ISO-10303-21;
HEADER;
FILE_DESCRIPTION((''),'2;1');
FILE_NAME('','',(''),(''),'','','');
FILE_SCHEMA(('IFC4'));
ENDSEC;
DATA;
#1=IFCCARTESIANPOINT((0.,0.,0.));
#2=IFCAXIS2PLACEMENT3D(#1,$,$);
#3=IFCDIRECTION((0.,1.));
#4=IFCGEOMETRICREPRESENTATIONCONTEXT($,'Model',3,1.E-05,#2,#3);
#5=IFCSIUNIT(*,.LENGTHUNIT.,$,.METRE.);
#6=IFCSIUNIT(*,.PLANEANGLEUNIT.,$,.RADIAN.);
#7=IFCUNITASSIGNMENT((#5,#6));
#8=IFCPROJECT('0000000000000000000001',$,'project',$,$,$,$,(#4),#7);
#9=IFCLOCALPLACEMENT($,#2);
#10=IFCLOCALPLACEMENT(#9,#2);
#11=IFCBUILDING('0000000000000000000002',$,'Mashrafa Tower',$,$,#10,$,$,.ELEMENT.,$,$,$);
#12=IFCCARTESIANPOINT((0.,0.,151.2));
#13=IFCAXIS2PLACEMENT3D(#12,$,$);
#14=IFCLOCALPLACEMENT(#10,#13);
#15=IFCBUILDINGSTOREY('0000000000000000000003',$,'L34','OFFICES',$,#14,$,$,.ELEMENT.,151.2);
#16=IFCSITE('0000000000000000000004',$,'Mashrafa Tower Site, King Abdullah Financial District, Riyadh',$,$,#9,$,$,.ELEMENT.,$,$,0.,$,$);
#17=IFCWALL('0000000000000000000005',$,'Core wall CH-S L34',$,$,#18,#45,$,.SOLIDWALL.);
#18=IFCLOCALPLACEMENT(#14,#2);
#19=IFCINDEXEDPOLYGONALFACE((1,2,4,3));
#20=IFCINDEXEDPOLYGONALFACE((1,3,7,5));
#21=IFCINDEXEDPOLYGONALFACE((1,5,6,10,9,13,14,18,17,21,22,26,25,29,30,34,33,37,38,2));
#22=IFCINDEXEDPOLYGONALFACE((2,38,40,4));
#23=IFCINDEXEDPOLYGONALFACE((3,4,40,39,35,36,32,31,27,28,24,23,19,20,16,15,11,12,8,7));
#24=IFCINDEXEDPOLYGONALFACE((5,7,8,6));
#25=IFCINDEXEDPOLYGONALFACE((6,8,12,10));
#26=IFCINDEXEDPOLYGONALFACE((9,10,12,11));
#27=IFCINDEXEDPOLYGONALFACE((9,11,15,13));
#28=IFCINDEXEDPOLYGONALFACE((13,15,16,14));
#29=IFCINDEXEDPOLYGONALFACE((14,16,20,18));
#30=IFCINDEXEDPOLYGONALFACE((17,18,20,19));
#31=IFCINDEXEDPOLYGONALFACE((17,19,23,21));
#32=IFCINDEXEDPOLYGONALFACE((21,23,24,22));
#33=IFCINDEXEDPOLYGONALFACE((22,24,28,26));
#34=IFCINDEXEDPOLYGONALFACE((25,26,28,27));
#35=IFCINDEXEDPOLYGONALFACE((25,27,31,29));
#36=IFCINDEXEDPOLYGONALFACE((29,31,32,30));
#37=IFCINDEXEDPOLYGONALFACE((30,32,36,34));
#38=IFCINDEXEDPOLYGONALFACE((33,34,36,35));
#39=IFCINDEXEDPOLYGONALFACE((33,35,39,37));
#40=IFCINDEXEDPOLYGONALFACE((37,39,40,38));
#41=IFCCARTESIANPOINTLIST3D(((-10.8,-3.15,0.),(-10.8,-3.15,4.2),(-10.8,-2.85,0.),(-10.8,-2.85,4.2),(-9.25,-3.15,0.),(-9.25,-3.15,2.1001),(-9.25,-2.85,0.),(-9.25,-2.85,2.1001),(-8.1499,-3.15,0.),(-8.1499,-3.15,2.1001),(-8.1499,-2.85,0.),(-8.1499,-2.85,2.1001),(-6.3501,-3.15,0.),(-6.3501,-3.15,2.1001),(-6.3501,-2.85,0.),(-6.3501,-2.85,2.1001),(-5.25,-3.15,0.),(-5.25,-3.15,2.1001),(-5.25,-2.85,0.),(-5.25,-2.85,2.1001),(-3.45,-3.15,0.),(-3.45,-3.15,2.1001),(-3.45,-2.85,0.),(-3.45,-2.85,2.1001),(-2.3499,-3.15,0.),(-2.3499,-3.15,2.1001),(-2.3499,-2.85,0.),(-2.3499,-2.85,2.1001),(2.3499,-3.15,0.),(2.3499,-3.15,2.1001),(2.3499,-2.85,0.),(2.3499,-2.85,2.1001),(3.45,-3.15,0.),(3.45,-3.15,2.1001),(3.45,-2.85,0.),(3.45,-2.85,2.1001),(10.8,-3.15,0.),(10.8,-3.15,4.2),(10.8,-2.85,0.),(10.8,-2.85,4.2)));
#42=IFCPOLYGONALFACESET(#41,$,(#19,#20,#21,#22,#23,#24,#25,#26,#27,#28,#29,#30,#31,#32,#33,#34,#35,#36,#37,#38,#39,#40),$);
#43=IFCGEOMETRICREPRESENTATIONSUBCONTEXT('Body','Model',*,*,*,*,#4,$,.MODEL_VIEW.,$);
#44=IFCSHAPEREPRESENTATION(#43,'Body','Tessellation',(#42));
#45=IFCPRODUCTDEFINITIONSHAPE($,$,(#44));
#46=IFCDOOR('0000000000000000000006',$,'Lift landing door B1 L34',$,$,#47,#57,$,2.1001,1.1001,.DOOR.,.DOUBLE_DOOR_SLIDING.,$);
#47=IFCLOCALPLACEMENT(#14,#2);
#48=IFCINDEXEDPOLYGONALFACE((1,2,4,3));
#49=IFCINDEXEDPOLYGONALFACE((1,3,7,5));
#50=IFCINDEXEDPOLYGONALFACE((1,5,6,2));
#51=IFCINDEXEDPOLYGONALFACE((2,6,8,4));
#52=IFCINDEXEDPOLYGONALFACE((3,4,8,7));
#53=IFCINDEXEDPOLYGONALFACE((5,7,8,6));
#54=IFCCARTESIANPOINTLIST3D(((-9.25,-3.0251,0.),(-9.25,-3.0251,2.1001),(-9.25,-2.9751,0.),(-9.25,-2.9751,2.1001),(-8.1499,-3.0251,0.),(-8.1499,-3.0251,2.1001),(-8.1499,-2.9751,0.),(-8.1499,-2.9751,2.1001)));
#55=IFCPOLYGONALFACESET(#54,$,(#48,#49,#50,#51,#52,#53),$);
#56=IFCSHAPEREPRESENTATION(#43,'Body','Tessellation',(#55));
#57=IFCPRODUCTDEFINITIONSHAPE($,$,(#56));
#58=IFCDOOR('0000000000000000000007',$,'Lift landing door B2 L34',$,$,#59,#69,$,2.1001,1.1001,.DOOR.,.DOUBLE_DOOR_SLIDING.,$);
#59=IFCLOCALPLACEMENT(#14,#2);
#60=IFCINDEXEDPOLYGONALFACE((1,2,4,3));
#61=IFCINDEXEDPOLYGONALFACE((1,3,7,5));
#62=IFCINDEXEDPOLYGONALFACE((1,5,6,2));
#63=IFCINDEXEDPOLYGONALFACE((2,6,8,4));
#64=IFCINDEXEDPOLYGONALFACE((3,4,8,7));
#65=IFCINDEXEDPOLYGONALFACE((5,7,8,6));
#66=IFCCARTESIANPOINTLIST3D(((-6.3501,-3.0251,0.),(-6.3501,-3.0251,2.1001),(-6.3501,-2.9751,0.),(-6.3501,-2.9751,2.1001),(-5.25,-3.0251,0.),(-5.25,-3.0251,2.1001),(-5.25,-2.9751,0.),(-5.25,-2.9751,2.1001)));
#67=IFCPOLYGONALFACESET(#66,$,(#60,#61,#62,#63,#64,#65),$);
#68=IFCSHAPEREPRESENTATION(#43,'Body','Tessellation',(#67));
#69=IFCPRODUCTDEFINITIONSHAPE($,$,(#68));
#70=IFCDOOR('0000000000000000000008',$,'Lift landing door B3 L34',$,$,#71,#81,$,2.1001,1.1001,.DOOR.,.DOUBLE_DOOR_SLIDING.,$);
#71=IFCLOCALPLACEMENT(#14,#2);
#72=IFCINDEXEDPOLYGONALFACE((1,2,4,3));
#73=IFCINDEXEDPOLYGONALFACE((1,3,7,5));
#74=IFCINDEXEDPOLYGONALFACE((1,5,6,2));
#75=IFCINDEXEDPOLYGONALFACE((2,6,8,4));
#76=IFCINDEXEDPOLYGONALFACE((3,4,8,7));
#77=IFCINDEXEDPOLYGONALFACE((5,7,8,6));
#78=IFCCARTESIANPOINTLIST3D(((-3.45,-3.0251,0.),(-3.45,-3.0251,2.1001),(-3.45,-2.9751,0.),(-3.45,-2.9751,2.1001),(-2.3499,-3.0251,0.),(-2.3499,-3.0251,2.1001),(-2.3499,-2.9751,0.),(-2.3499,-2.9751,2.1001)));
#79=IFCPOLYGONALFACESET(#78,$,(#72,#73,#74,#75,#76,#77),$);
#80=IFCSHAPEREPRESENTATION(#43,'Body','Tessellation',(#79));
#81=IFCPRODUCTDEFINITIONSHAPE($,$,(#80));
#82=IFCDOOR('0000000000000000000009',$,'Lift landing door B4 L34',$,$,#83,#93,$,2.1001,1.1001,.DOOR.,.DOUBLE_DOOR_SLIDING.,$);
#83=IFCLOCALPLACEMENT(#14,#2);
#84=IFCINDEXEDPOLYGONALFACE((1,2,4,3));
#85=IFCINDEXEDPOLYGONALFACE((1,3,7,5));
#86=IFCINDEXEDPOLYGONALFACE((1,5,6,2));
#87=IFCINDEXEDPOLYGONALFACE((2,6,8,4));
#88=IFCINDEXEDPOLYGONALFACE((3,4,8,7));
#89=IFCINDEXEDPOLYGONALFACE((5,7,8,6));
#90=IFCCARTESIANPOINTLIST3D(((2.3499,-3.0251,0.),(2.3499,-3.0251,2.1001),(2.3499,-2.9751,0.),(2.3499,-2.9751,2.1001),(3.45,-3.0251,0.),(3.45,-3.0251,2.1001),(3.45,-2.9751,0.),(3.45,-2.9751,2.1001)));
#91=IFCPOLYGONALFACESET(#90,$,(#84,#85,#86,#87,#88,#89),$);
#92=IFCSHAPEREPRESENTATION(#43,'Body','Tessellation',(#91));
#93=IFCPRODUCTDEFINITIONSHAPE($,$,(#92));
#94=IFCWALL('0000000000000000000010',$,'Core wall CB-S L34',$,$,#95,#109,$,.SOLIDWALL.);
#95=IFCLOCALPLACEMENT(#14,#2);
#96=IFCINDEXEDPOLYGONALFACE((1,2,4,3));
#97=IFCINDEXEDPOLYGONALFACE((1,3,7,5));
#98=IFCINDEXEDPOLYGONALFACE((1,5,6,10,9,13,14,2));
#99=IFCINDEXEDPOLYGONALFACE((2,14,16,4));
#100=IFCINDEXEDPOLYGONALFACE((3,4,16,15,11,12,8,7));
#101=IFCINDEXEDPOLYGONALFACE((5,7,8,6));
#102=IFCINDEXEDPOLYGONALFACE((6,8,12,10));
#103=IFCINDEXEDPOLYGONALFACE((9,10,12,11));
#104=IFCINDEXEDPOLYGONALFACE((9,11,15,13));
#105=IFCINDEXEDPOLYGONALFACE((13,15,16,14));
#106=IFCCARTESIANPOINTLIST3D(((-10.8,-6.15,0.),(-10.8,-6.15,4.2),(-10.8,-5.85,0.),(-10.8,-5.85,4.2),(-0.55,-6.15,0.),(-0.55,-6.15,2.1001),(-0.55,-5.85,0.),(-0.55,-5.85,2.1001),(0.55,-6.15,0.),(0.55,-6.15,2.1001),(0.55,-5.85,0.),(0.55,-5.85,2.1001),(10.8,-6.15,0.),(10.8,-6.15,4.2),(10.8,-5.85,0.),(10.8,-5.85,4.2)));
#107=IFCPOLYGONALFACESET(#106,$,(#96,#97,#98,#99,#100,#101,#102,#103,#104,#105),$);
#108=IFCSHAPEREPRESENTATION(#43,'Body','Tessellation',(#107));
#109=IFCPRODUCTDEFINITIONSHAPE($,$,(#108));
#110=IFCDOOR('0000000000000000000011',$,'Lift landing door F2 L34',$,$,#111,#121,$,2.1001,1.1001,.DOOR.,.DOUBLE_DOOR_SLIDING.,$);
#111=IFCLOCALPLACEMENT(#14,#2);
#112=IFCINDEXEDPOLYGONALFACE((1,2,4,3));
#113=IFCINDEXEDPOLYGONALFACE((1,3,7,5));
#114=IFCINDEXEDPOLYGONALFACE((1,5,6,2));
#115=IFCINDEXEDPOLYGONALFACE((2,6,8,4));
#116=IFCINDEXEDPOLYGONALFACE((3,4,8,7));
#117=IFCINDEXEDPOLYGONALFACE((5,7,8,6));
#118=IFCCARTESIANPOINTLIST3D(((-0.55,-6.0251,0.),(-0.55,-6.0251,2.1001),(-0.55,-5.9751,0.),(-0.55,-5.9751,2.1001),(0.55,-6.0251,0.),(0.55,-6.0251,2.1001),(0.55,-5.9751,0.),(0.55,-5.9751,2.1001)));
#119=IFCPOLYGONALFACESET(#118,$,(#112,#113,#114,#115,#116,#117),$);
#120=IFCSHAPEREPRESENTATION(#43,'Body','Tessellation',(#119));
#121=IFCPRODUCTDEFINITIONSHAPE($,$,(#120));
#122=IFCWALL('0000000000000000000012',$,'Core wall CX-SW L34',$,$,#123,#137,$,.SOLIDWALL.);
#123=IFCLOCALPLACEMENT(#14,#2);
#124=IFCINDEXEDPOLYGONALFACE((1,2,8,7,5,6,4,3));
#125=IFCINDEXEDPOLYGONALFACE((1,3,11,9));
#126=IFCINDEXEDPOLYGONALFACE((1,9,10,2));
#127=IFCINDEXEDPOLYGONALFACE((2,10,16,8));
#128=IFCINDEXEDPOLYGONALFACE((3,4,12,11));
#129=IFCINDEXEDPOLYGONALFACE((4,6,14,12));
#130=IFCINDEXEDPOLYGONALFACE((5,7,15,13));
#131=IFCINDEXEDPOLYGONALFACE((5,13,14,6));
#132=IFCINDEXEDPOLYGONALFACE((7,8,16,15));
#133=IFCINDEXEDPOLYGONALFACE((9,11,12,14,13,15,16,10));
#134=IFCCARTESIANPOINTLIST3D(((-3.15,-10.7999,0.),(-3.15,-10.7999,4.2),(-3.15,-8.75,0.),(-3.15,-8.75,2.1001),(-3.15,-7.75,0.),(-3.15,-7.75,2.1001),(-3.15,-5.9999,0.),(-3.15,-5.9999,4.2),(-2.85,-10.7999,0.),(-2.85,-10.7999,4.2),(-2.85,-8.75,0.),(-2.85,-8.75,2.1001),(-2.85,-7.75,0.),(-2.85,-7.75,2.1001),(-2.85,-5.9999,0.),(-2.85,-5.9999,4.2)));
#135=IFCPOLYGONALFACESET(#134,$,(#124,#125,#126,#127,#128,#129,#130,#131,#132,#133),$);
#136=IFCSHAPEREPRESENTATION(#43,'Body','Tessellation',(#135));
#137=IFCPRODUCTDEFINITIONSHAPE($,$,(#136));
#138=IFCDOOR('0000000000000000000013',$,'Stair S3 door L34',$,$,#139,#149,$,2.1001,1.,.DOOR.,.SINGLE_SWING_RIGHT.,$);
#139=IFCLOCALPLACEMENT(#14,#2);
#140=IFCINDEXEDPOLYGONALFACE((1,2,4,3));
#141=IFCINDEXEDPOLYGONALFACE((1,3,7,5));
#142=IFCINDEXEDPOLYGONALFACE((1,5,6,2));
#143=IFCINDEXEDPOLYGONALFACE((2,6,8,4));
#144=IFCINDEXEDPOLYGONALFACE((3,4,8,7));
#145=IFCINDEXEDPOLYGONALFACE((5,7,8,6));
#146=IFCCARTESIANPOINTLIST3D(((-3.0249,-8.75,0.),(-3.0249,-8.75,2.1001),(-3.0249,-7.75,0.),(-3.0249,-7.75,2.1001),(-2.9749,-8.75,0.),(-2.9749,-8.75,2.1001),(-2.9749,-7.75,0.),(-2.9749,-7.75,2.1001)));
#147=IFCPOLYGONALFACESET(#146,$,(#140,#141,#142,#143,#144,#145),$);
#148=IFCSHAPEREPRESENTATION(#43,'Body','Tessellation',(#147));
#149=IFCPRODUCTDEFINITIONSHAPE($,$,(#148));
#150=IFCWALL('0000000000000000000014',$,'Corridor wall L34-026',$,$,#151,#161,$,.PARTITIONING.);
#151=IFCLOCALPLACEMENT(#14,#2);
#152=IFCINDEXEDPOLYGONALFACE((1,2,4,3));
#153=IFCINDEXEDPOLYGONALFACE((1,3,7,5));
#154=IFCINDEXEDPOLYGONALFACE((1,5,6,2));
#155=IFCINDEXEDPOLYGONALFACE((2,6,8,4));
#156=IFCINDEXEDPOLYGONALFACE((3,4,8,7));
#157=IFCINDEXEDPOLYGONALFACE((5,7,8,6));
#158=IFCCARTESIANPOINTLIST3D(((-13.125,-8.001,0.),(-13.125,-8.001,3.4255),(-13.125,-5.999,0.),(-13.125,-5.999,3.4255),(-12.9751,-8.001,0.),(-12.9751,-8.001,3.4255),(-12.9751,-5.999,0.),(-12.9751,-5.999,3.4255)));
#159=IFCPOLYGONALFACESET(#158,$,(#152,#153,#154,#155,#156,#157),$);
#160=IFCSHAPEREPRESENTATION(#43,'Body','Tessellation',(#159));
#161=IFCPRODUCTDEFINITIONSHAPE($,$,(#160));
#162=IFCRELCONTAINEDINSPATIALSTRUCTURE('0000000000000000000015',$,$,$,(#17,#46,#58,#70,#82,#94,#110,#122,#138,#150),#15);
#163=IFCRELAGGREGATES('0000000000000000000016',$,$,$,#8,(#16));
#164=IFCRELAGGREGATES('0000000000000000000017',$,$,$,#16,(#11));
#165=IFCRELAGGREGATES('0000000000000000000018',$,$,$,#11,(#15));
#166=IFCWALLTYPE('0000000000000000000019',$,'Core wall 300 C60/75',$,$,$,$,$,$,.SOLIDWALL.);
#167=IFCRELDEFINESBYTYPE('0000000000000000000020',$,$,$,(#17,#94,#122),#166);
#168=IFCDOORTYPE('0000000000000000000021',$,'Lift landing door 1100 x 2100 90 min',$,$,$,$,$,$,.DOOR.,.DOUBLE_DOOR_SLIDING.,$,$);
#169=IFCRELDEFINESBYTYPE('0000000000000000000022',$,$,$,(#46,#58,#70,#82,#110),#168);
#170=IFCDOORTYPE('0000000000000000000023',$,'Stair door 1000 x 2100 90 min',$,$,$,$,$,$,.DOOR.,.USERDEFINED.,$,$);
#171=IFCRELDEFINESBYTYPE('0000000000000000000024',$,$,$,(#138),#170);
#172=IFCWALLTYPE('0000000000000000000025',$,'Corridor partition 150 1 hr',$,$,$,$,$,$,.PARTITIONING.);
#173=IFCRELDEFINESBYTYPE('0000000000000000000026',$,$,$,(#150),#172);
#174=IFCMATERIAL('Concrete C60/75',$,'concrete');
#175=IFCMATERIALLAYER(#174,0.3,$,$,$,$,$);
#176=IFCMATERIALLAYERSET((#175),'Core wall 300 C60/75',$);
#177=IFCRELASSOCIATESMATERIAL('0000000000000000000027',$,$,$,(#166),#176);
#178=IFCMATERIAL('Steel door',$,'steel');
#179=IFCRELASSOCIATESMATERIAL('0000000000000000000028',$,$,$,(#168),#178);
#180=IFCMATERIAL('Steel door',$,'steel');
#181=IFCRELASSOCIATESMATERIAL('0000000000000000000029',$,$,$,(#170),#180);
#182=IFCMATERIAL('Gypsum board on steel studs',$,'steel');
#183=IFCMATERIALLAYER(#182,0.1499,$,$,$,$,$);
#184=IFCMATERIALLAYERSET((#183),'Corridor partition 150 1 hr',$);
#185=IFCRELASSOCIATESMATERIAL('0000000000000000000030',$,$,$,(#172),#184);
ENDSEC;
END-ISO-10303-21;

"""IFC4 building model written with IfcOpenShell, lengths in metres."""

from ifc_helpers import new_model, si_unit, direction, frame, frame_2d, origin, place, context, subcontext, project, spatial, rectangle, extrude, material, layer, layer_set, type_object, element, fill, save


model = new_model("IFC4")

# Units and contexts
model_context = context("Model", 3, precision=1e-05, world=origin(), true_north=direction((0.0, 1.0)))
body_context = subcontext(model_context, "Body", "Model", "MODEL_VIEW")
ifc_project = project(units=[si_unit("LENGTHUNIT", "METRE"), si_unit("PLANEANGLEUNIT", "RADIAN")], contexts=[model_context])

# Site, building, storey
site_placement = place(None, origin())
site = spatial("IfcSite", under=ifc_project, at=site_placement, Name="Mashrafa Tower Site, King Abdullah Financial District, Riyadh", CompositionType="ELEMENT", RefElevation=0.0)
building_placement = place(site_placement, origin())
building = spatial("IfcBuilding", under=site, at=building_placement, Name="Mashrafa Tower", CompositionType="ELEMENT")
storey_placement = place(building_placement, frame((0.0, 0.0, 151.2)))
storey = spatial("IfcBuildingStorey", under=building, at=storey_placement, Name="L34", Description="OFFICES", CompositionType="ELEMENT", Elevation=151.2)

# Wall, openings, doors
ifc_material_1 = material(Name="Concrete C60/75", Category="concrete")
ifc_layer_1 = layer(ifc_material_1, 0.3)
ifc_layer_set_1 = layer_set([ifc_layer_1], Name="Core wall 300 C60/75")
wall_type_1 = type_object("IfcWallType", Name="Core wall 300 C60/75", PredefinedType="SOLIDWALL", material=ifc_layer_set_1)
wall_1_placement = place(storey_placement, frame((-10.8, -3.0, 0.0), z_axis=(0.0, 0.0, 1.0), x_axis=(1.0, 0.0, 0.0)))
wall_1 = element("IfcWall", 1, at=wall_1_placement, inside=storey, type_object=wall_type_1, Name="Core wall CH-S L34", PredefinedType="SOLIDWALL", context=body_context, shape_type="SweptSolid", body=[
    extrude(rectangle(XDim=21.6001, YDim=0.3, at=frame_2d((10.8, 0.0))), origin(), (0.0, 0.0, 1.0), 4.2),
])
opening_1_placement = place(wall_1_placement, frame((1.55, 0.0, 0.0)))
opening_1 = element("IfcOpeningElement", 2, at=opening_1_placement, cuts=wall_1, PredefinedType="OPENING", context=body_context, shape_type="SweptSolid", body=[
    extrude(rectangle(XDim=1.1001, YDim=2.1001, at=frame_2d((0.55, 1.05))), frame((0.0, 0.1599, 0.0), z_axis=(0.0, -1.0, 0.0), x_axis=(1.0, 0.0, 0.0)), (0.0, 0.0, 1.0), 0.3201),
])
opening_2_placement = place(wall_1_placement, frame((4.45, 0.0, 0.0)))
opening_2 = element("IfcOpeningElement", 3, at=opening_2_placement, cuts=wall_1, PredefinedType="OPENING", context=body_context, shape_type="SweptSolid", body=[
    extrude(rectangle(XDim=1.1001, YDim=2.1001, at=frame_2d((0.55, 1.05))), frame((0.0, 0.1599, 0.0), z_axis=(0.0, -1.0, 0.0), x_axis=(1.0, 0.0, 0.0)), (0.0, 0.0, 1.0), 0.3201),
])
opening_3_placement = place(wall_1_placement, frame((7.3501, 0.0, 0.0)))
opening_3 = element("IfcOpeningElement", 4, at=opening_3_placement, cuts=wall_1, PredefinedType="OPENING", context=body_context, shape_type="SweptSolid", body=[
    extrude(rectangle(XDim=1.1001, YDim=2.1001, at=frame_2d((0.55, 1.05))), frame((0.0, 0.1599, 0.0), z_axis=(0.0, -1.0, 0.0), x_axis=(1.0, 0.0, 0.0)), (0.0, 0.0, 1.0), 0.3201),
])
opening_4_placement = place(wall_1_placement, frame((13.1499, 0.0, 0.0)))
opening_4 = element("IfcOpeningElement", 5, at=opening_4_placement, cuts=wall_1, PredefinedType="OPENING", context=body_context, shape_type="SweptSolid", body=[
    extrude(rectangle(XDim=1.1001, YDim=2.1001, at=frame_2d((0.55, 1.05))), frame((0.0, 0.1599, 0.0), z_axis=(0.0, -1.0, 0.0), x_axis=(1.0, 0.0, 0.0)), (0.0, 0.0, 1.0), 0.3201),
])
ifc_material_2 = material(Name="Steel door", Category="steel")
door_type_1 = type_object("IfcDoorType", Name="Lift landing door 1100 x 2100 90 min", OperationType="DOUBLE_DOOR_SLIDING", PredefinedType="DOOR", material=ifc_material_2)
door_1_placement = place(opening_1_placement, origin())
door_1 = element("IfcDoor", 6, at=door_1_placement, inside=storey, type_object=door_type_1, Name="Lift landing door B1 L34", OperationType="DOUBLE_DOOR_SLIDING", OverallHeight=2.1001, OverallWidth=1.1001, PredefinedType="DOOR", context=body_context, shape_type="SweptSolid", body=[
    extrude(rectangle(XDim=1.1001, YDim=2.1001, at=frame_2d((0.55, 1.05))), frame((0.0, 0.0249, 0.0), z_axis=(0.0, -1.0, 0.0), x_axis=(1.0, 0.0, 0.0)), (0.0, 0.0, 1.0), 0.05),
])
fill(opening_1, door_1)
door_2_placement = place(opening_2_placement, origin())
door_2 = element("IfcDoor", 7, at=door_2_placement, inside=storey, type_object=door_type_1, Name="Lift landing door B2 L34", OperationType="DOUBLE_DOOR_SLIDING", OverallHeight=2.1001, OverallWidth=1.1001, PredefinedType="DOOR", context=body_context, shape_type="SweptSolid", body=[
    extrude(rectangle(XDim=1.1001, YDim=2.1001, at=frame_2d((0.55, 1.05))), frame((0.0, 0.0249, 0.0), z_axis=(0.0, -1.0, 0.0), x_axis=(1.0, 0.0, 0.0)), (0.0, 0.0, 1.0), 0.05),
])
fill(opening_2, door_2)
door_3_placement = place(opening_3_placement, origin())
door_3 = element("IfcDoor", 8, at=door_3_placement, inside=storey, type_object=door_type_1, Name="Lift landing door B3 L34", OperationType="DOUBLE_DOOR_SLIDING", OverallHeight=2.1001, OverallWidth=1.1001, PredefinedType="DOOR", context=body_context, shape_type="SweptSolid", body=[
    extrude(rectangle(XDim=1.1001, YDim=2.1001, at=frame_2d((0.55, 1.05))), frame((0.0, 0.0249, 0.0), z_axis=(0.0, -1.0, 0.0), x_axis=(1.0, 0.0, 0.0)), (0.0, 0.0, 1.0), 0.05),
])
fill(opening_3, door_3)
door_4_placement = place(opening_4_placement, origin())
door_4 = element("IfcDoor", 9, at=door_4_placement, inside=storey, type_object=door_type_1, Name="Lift landing door B4 L34", OperationType="DOUBLE_DOOR_SLIDING", OverallHeight=2.1001, OverallWidth=1.1001, PredefinedType="DOOR", context=body_context, shape_type="SweptSolid", body=[
    extrude(rectangle(XDim=1.1001, YDim=2.1001, at=frame_2d((0.55, 1.05))), frame((0.0, 0.0249, 0.0), z_axis=(0.0, -1.0, 0.0), x_axis=(1.0, 0.0, 0.0)), (0.0, 0.0, 1.0), 0.05),
])
fill(opening_4, door_4)

# Walls, openings, doors
wall_2_placement = place(storey_placement, frame((-10.8, -6.0, 0.0), z_axis=(0.0, 0.0, 1.0), x_axis=(1.0, 0.0, 0.0)))
wall_2 = element("IfcWall", 10, at=wall_2_placement, inside=storey, type_object=wall_type_1, Name="Core wall CB-S L34", PredefinedType="SOLIDWALL", context=body_context, shape_type="SweptSolid", body=[
    extrude(rectangle(XDim=21.6001, YDim=0.3, at=frame_2d((10.8, 0.0))), origin(), (0.0, 0.0, 1.0), 4.2),
])
opening_5_placement = place(wall_2_placement, frame((10.25, 0.0, 0.0)))
opening_5 = element("IfcOpeningElement", 11, at=opening_5_placement, cuts=wall_2, PredefinedType="OPENING", context=body_context, shape_type="SweptSolid", body=[
    extrude(rectangle(XDim=1.1001, YDim=2.1001, at=frame_2d((0.55, 1.05))), frame((0.0, 0.1599, 0.0), z_axis=(0.0, -1.0, 0.0), x_axis=(1.0, 0.0, 0.0)), (0.0, 0.0, 1.0), 0.3201),
])
door_5_placement = place(opening_5_placement, origin())
door_5 = element("IfcDoor", 12, at=door_5_placement, inside=storey, type_object=door_type_1, Name="Lift landing door F2 L34", OperationType="DOUBLE_DOOR_SLIDING", OverallHeight=2.1001, OverallWidth=1.1001, PredefinedType="DOOR", context=body_context, shape_type="SweptSolid", body=[
    extrude(rectangle(XDim=1.1001, YDim=2.1001, at=frame_2d((0.55, 1.05))), frame((0.0, 0.0249, 0.0), z_axis=(0.0, -1.0, 0.0), x_axis=(1.0, 0.0, 0.0)), (0.0, 0.0, 1.0), 0.05),
])
fill(opening_5, door_5)
wall_3_placement = place(storey_placement, frame((-3.0, -6.0, 0.0), z_axis=(0.0, 0.0, 1.0), x_axis=(0.0, -1.0, 0.0)))
wall_3 = element("IfcWall", 13, at=wall_3_placement, inside=storey, type_object=wall_type_1, Name="Core wall CX-SW L34", PredefinedType="SOLIDWALL", context=body_context, shape_type="SweptSolid", body=[
    extrude(rectangle(XDim=4.8, YDim=0.3, at=frame_2d((2.3999, 0.0))), origin(), (0.0, 0.0, 1.0), 4.2),
])
opening_6_placement = place(wall_3_placement, frame((1.75, 0.0, 0.0)))
opening_6 = element("IfcOpeningElement", 14, at=opening_6_placement, cuts=wall_3, PredefinedType="OPENING", context=body_context, shape_type="SweptSolid", body=[
    extrude(rectangle(XDim=1.0, YDim=2.1001, at=frame_2d((0.5, 1.05))), frame((0.0, 0.1599, 0.0), z_axis=(0.0, -1.0, 0.0), x_axis=(1.0, 0.0, 0.0)), (0.0, 0.0, 1.0), 0.3201),
])
ifc_material_3 = material(Name="Steel door", Category="steel")
door_type_2 = type_object("IfcDoorType", Name="Stair door 1000 x 2100 90 min", OperationType="USERDEFINED", PredefinedType="DOOR", material=ifc_material_3)
door_6_placement = place(opening_6_placement, frame((1.0, 0.0, 0.0), z_axis=(0.0, 0.0, 1.0), x_axis=(-1.0, 0.0, 0.0)))
door_6 = element("IfcDoor", 15, at=door_6_placement, inside=storey, type_object=door_type_2, Name="Stair S3 door L34", OperationType="SINGLE_SWING_RIGHT", OverallHeight=2.1001, OverallWidth=1.0, PredefinedType="DOOR", context=body_context, shape_type="SweptSolid", body=[
    extrude(rectangle(XDim=1.0, YDim=2.1001, at=frame_2d((0.5, 1.05))), frame((0.0, 0.0249, 0.0), z_axis=(0.0, -1.0, 0.0), x_axis=(1.0, 0.0, 0.0)), (0.0, 0.0, 1.0), 0.05),
])
fill(opening_6, door_6)
ifc_material_4 = material(Name="Gypsum board on steel studs", Category="steel")
ifc_layer_2 = layer(ifc_material_4, 0.1499)
ifc_layer_set_2 = layer_set([ifc_layer_2], Name="Corridor partition 150 1 hr")
wall_type_2 = type_object("IfcWallType", Name="Corridor partition 150 1 hr", PredefinedType="PARTITIONING", material=ifc_layer_set_2)

# Wall
wall_4_placement = place(storey_placement, frame((-13.05, -5.999, 0.0), z_axis=(0.0, 0.0, 1.0), x_axis=(0.0, -1.0, 0.0)))
element("IfcWall", 16, at=wall_4_placement, inside=storey, type_object=wall_type_2, Name="Corridor wall L34-026", PredefinedType="PARTITIONING", context=body_context, shape_type="SweptSolid", body=[
    extrude(rectangle(XDim=2.002, YDim=0.1499, at=frame_2d((1.001, 0.0))), origin(), (0.0, 0.0, 1.0), 3.4255),
])

save(model, "model.ifc")
